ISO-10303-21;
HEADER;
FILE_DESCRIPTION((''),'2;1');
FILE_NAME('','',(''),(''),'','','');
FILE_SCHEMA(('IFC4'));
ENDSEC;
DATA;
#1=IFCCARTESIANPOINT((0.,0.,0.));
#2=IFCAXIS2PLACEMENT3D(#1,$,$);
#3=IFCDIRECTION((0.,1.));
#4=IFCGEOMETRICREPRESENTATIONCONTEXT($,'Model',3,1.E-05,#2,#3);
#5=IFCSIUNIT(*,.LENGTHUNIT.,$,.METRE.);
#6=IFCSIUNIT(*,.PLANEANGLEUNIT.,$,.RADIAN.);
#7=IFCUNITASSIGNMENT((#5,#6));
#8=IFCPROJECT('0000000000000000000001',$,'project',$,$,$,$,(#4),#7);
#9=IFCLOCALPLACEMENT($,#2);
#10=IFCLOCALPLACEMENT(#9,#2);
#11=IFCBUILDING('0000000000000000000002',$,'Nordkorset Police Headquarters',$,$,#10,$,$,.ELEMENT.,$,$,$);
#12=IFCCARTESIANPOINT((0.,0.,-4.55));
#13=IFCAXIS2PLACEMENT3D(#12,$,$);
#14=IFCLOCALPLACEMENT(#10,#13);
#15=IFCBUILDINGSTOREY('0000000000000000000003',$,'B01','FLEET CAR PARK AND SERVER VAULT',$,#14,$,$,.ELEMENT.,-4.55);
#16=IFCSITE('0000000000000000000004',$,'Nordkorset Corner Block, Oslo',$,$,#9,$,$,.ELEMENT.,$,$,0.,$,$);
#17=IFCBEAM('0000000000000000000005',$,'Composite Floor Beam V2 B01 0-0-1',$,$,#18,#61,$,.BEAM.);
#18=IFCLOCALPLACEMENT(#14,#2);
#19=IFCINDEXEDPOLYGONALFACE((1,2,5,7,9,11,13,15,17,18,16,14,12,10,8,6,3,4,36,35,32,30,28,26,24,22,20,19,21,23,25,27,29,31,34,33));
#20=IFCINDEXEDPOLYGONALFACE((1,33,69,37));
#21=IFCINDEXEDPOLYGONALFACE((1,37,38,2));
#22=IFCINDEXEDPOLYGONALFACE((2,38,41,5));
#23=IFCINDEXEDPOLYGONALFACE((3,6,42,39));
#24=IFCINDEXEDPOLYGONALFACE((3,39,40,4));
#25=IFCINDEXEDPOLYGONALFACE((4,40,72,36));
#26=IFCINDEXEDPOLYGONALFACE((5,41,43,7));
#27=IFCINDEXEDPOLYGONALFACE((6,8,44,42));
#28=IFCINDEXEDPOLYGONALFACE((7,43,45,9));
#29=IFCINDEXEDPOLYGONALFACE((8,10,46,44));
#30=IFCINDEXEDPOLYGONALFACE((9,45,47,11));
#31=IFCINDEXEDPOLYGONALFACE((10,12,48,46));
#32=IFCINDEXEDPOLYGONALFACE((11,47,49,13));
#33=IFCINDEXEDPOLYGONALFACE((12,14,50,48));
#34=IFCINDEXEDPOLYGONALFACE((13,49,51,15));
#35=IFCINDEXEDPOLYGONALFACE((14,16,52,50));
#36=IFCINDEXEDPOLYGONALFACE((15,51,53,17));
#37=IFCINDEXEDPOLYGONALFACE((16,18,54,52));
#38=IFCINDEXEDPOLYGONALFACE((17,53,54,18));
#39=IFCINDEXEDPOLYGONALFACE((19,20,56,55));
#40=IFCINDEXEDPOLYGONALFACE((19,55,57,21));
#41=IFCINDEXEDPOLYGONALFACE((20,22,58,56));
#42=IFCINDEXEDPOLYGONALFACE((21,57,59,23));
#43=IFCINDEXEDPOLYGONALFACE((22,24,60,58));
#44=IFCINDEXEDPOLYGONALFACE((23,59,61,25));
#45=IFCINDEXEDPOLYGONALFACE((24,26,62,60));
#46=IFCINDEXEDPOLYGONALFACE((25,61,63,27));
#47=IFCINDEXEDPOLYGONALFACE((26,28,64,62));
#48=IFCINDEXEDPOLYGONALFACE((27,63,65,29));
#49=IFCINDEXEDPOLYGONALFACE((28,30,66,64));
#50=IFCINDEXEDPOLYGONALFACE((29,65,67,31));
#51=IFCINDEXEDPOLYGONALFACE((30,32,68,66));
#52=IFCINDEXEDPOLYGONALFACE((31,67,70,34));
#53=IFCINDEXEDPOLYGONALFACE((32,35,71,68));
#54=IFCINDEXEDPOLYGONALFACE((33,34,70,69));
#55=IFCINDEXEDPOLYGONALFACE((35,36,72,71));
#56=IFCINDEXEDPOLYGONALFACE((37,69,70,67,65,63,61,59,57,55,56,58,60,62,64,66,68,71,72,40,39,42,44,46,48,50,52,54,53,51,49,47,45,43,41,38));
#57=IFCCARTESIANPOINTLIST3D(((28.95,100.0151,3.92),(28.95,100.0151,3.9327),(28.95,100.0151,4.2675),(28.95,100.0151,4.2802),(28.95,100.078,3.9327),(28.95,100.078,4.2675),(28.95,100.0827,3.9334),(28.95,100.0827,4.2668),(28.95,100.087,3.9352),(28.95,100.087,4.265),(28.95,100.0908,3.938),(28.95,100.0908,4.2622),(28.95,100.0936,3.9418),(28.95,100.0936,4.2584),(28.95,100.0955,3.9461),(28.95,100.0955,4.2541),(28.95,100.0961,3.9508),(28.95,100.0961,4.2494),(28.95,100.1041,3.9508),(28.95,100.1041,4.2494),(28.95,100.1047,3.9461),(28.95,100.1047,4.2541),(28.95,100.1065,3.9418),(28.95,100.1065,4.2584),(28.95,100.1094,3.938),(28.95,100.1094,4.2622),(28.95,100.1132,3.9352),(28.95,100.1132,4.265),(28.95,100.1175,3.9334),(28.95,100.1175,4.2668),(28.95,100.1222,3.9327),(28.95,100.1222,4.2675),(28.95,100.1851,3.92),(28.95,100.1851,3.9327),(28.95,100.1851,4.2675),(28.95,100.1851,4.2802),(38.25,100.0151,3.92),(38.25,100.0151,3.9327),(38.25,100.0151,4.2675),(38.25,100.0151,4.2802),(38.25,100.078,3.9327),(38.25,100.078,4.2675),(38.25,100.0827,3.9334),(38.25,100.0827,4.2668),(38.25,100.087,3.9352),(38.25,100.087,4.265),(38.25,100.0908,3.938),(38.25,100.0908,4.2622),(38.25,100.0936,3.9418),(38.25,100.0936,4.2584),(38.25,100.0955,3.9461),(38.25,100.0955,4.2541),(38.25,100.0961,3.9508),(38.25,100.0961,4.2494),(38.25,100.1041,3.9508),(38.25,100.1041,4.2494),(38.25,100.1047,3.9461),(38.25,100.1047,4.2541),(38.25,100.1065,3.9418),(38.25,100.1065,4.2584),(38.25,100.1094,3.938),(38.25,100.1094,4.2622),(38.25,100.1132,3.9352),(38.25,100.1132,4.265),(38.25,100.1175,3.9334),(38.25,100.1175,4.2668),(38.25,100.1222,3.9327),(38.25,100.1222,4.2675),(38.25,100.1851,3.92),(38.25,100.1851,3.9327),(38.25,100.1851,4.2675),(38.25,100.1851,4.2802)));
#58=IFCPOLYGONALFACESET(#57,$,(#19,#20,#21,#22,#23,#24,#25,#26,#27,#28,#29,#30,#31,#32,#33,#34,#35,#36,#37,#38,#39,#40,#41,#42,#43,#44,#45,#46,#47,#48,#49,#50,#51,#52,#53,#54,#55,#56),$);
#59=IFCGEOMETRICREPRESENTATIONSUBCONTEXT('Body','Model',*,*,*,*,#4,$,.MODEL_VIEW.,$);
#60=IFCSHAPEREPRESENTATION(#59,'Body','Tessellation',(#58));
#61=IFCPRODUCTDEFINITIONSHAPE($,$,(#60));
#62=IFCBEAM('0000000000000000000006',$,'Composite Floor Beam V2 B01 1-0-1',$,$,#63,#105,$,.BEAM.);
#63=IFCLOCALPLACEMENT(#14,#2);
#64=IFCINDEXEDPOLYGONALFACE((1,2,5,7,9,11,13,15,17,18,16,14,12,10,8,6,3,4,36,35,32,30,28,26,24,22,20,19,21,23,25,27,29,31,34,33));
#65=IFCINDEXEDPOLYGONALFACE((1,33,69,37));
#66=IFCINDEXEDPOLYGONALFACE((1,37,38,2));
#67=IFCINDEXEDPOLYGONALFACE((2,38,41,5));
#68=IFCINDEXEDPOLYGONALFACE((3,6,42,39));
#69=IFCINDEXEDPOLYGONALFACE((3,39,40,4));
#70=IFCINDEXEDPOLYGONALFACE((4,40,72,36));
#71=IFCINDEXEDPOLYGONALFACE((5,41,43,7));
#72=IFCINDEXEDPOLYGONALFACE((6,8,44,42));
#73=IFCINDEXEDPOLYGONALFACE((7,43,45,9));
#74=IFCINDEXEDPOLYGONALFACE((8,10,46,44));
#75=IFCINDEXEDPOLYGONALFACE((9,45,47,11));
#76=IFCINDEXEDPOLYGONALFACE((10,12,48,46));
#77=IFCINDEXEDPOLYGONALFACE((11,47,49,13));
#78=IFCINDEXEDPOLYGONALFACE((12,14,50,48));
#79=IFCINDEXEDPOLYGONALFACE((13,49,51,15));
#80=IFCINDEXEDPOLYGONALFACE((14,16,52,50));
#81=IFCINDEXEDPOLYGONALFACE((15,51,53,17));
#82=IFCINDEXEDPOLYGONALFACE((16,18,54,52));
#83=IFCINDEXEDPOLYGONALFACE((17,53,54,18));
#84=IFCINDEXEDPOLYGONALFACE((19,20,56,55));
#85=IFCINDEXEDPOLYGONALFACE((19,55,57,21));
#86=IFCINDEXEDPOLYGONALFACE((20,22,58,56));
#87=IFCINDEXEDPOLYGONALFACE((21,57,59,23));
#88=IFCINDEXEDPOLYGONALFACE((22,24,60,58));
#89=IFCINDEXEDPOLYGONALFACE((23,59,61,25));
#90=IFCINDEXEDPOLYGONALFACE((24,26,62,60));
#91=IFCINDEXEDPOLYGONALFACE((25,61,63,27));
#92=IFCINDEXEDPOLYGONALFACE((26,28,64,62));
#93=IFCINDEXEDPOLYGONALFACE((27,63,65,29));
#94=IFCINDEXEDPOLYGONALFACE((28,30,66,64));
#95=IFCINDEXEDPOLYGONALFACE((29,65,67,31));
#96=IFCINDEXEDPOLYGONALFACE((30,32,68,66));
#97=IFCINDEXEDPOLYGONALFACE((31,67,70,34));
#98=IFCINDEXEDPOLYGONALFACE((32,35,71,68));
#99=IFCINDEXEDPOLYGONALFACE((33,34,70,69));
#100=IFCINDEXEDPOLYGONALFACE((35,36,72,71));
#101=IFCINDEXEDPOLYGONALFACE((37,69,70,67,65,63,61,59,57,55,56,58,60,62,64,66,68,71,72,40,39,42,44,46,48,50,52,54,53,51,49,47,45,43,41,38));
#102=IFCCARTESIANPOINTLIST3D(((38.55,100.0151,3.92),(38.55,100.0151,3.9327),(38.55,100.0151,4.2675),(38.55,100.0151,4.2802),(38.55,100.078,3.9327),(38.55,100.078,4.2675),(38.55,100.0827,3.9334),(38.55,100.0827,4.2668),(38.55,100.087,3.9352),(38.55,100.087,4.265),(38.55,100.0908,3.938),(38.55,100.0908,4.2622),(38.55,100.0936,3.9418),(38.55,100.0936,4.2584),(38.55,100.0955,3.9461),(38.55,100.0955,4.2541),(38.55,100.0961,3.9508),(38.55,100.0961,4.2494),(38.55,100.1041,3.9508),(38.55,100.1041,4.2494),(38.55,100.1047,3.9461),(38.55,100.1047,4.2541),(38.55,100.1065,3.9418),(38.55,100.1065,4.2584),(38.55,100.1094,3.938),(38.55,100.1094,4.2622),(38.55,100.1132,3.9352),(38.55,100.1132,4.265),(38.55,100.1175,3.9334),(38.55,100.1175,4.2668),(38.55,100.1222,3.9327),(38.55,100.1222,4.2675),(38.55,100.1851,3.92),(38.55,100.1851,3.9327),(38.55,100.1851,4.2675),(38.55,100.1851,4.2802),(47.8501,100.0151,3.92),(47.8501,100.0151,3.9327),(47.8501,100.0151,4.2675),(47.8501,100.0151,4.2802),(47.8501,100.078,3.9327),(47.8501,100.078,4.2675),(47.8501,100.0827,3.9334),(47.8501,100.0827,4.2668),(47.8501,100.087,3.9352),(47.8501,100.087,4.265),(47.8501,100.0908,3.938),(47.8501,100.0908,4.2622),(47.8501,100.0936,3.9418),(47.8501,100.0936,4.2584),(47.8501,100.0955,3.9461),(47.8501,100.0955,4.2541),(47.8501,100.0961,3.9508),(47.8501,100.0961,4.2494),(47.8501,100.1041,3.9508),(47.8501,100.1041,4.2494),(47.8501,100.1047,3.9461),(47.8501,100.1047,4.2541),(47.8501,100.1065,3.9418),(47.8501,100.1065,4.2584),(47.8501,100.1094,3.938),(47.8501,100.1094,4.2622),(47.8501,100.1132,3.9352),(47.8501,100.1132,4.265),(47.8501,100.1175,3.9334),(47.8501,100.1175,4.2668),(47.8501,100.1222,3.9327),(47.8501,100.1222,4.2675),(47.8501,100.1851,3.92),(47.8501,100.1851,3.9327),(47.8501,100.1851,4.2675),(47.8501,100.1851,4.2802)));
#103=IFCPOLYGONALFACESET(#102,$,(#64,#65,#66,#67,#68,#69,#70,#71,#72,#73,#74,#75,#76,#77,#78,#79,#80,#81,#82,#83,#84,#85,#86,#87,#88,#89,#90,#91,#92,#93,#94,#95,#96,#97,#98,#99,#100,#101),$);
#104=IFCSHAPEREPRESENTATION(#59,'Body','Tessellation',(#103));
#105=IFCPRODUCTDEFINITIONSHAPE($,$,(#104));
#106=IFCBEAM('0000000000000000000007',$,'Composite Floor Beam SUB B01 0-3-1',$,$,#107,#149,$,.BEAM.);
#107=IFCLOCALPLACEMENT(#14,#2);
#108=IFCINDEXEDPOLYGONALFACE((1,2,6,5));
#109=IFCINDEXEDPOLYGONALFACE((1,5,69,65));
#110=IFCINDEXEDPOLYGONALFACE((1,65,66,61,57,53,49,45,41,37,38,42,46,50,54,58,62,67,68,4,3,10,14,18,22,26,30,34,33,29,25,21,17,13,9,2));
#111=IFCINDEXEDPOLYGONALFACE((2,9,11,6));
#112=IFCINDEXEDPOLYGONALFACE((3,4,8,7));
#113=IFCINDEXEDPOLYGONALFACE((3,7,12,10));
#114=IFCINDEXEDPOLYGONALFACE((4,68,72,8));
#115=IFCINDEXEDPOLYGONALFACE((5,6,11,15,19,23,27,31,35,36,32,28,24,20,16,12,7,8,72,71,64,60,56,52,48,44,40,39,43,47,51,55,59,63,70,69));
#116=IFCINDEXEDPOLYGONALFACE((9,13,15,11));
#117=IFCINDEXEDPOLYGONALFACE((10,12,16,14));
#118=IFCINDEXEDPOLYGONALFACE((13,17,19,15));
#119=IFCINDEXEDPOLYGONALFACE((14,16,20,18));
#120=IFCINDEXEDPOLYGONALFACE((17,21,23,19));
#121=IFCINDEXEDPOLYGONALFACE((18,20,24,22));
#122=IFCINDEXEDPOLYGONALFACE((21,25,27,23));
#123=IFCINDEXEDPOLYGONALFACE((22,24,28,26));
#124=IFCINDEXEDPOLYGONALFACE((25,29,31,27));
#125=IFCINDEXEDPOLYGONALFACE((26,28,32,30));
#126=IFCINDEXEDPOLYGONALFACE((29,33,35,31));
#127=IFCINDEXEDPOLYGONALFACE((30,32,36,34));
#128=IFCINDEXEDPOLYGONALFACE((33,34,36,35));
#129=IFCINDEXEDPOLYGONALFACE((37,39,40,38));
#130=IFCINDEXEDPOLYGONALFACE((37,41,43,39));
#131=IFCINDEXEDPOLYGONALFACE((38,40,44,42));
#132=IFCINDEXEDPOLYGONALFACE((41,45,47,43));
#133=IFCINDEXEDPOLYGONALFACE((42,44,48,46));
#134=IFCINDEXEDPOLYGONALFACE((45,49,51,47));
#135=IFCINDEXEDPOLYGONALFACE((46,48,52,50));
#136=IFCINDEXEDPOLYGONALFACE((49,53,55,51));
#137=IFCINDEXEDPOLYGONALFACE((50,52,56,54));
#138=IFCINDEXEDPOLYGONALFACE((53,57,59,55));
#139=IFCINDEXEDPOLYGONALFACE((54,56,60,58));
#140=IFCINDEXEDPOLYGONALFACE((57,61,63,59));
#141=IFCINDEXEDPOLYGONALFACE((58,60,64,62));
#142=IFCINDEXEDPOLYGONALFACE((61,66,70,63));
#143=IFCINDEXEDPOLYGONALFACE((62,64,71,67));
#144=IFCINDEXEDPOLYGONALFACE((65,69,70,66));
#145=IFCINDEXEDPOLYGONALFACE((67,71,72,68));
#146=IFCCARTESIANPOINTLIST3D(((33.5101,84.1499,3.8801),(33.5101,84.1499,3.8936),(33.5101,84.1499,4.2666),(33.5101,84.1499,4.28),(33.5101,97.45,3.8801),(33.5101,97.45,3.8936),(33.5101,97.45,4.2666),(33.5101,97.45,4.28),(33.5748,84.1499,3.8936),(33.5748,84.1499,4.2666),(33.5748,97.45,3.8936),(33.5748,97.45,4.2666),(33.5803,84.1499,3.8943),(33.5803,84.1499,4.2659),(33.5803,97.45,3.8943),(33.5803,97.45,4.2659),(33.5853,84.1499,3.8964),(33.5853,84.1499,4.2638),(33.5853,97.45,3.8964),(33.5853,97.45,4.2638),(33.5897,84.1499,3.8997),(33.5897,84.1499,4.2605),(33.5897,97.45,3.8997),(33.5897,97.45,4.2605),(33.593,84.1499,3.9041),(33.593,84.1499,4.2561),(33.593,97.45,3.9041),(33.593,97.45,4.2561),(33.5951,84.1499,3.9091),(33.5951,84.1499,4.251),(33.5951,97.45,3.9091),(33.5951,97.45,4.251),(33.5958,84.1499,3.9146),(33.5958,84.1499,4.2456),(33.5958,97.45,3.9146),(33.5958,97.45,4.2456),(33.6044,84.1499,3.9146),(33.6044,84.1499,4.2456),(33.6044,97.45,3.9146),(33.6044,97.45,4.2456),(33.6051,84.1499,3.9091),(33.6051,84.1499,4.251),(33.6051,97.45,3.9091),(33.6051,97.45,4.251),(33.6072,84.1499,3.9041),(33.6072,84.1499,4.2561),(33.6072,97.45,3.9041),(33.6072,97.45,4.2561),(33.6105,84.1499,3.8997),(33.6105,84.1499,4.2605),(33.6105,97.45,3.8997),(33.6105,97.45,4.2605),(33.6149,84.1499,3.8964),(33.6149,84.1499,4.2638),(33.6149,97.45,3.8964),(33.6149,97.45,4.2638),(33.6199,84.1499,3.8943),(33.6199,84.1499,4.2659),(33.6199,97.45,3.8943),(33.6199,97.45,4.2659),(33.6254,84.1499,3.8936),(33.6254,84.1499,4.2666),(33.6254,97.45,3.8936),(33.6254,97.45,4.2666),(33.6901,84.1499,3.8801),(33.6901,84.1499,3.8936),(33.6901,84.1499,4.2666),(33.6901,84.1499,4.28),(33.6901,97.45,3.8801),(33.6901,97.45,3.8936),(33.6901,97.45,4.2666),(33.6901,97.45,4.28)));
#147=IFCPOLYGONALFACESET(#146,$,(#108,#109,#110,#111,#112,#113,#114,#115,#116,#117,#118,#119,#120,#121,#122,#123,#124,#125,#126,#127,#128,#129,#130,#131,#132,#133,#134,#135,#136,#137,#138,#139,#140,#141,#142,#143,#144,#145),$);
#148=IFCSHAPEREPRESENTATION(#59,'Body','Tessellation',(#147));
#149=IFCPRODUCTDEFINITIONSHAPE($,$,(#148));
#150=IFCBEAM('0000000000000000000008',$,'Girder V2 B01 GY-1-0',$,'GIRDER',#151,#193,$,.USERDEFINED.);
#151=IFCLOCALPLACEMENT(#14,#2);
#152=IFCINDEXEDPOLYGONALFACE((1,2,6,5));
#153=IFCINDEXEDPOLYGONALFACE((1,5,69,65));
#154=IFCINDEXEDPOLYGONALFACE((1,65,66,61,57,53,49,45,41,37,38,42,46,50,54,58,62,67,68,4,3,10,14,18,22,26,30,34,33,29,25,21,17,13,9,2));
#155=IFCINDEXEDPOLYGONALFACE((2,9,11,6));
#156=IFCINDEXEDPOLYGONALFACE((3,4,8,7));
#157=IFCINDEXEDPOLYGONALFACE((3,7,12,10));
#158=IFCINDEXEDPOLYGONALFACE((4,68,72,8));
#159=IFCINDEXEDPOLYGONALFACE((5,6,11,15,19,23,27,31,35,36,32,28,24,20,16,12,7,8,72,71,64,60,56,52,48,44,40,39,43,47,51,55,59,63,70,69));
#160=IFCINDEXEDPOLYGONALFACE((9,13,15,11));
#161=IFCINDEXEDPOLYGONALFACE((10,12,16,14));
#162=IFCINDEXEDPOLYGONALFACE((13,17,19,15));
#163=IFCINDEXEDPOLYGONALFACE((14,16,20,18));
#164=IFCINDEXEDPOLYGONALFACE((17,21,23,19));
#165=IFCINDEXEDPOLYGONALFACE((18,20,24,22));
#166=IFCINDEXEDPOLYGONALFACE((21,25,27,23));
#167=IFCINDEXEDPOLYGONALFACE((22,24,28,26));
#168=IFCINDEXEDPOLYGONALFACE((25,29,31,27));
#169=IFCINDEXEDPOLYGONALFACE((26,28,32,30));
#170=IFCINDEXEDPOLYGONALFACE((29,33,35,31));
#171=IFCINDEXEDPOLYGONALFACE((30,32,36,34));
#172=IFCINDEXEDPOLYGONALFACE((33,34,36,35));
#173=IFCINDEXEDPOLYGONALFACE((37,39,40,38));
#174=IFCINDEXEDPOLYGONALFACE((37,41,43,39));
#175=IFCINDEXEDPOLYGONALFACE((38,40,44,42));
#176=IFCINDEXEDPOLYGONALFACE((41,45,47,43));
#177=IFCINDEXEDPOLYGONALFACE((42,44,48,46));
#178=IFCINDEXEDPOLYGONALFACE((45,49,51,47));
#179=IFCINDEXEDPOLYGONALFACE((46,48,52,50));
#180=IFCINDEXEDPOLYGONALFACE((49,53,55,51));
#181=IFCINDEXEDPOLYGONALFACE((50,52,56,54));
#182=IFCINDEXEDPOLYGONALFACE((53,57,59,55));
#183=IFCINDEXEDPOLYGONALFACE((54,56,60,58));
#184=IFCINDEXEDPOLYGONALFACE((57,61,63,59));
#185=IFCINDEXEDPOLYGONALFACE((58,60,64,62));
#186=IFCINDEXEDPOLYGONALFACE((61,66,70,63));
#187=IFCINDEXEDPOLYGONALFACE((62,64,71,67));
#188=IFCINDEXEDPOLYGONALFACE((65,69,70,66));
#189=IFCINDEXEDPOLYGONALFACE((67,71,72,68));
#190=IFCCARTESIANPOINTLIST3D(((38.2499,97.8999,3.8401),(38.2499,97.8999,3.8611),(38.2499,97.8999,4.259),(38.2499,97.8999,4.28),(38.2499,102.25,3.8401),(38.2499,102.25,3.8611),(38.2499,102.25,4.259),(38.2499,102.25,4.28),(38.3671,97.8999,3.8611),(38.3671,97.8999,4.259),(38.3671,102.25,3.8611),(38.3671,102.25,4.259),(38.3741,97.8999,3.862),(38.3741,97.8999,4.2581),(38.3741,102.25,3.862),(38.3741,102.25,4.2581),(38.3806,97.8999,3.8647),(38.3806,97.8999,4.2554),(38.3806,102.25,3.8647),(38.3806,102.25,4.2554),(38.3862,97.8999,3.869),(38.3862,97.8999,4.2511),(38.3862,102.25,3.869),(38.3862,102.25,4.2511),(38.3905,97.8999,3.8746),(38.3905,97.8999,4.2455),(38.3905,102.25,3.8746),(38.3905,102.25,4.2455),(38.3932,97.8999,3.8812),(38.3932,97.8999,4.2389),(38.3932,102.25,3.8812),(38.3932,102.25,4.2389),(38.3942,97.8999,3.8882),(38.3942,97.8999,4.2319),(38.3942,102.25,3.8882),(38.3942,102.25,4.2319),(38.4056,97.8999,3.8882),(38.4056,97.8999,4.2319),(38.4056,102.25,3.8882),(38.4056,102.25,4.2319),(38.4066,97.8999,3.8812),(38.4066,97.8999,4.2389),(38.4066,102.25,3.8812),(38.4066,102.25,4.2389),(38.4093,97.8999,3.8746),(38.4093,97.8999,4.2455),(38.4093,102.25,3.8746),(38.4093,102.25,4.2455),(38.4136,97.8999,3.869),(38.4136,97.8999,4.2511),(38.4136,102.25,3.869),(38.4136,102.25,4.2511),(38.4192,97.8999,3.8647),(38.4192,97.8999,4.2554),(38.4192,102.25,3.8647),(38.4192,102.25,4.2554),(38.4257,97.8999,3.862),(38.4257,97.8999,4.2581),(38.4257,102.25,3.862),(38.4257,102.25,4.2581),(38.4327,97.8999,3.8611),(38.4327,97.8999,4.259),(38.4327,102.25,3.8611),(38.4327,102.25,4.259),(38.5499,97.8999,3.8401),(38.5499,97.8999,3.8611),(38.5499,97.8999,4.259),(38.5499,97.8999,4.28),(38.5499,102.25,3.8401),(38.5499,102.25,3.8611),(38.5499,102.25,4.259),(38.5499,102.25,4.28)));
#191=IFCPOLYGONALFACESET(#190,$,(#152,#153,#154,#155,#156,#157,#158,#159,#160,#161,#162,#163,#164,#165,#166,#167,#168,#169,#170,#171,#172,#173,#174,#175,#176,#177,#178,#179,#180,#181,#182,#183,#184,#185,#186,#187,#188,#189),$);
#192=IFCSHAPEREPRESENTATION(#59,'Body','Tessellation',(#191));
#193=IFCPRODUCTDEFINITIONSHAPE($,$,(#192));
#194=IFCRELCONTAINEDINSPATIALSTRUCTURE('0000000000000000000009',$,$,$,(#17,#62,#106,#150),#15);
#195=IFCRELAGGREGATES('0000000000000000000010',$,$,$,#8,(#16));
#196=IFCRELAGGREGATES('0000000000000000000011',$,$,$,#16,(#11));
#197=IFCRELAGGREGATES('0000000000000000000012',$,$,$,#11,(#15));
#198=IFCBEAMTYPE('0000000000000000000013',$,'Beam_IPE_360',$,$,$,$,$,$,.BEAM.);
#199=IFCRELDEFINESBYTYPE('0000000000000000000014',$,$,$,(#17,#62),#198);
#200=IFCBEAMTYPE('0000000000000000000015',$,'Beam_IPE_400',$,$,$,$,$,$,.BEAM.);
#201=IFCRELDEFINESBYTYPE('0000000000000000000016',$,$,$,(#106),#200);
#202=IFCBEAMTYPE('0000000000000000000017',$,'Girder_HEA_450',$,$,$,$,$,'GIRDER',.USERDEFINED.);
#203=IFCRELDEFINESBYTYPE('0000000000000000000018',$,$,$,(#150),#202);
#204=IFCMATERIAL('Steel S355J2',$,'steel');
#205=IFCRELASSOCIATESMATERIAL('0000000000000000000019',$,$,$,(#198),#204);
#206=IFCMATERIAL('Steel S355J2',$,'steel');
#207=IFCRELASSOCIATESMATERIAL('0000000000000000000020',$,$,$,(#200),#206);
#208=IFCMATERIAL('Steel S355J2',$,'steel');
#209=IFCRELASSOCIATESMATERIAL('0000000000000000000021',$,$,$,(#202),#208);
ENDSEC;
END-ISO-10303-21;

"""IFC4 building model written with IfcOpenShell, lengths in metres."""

from ifc_helpers import new_model, si_unit, direction, frame, origin, origin_2d, place, context, subcontext, project, spatial, i_section, extrude, material, material_profile, profile_set, type_object, element, save


model = new_model("IFC4")

# Units and contexts
model_context = context("Model", 3, precision=1e-05, world=origin(), true_north=direction((0.0, 1.0)))
body_context = subcontext(model_context, "Body", "Model", "MODEL_VIEW")
ifc_project = project(units=[si_unit("LENGTHUNIT", "METRE"), si_unit("PLANEANGLEUNIT", "RADIAN")], contexts=[model_context])

# Site, building, storey
site_placement = place(None, origin())
site = spatial("IfcSite", under=ifc_project, at=site_placement, Name="Nordkorset Corner Block, Oslo", CompositionType="ELEMENT", RefElevation=0.0)
building_placement = place(site_placement, origin())
building = spatial("IfcBuilding", under=site, at=building_placement, Name="Nordkorset Police Headquarters", CompositionType="ELEMENT")
storey_placement = place(building_placement, frame((0.0, 0.0, -4.55)))
storey = spatial("IfcBuildingStorey", under=building, at=storey_placement, Name="B01", Description="FLEET CAR PARK AND SERVER VAULT", CompositionType="ELEMENT", Elevation=-4.55)

# Beams
ifc_material_1 = material(Name="Steel S355J2", Category="steel")
ifc_material_profile_1 = material_profile(ifc_material_1, i_section(OverallWidth=0.1699, OverallDepth=0.3601, WebThickness=0.0081, FlangeThickness=0.0127, FilletRadius=0.0181, at=origin_2d()), Name="IPE 360")
ifc_profile_set_1 = profile_set([ifc_material_profile_1], Name="Steel S355J2")
beam_type_1 = type_object("IfcBeamType", Name="Beam_IPE_360", PredefinedType="BEAM", material=ifc_profile_set_1)
for number, where, z_axis, x_axis, name in (
    (1, (28.95, 100.1001, 4.1001), (1.0, 0.0, 0.0), (0.0, 1.0, 0.0), "Composite Floor Beam V2 B01 0-0-1"),
    (2, (38.55, 100.1001, 4.1001), (1.0, 0.0, 0.0), (0.0, 1.0, 0.0), "Composite Floor Beam V2 B01 1-0-1"),
):
    element("IfcBeam", number, at=place(storey_placement, frame(where, z_axis=z_axis, x_axis=x_axis)), inside=storey, type_object=beam_type_1, Name=name, PredefinedType="BEAM", context=body_context, shape_type="SweptSolid", body=[
        extrude(i_section(OverallWidth=0.1699, OverallDepth=0.3601, WebThickness=0.0081, FlangeThickness=0.0127, FilletRadius=0.0181, at=origin_2d()), origin(), (0.0, 0.0, 1.0), 9.3),
    ])
ifc_material_2 = material(Name="Steel S355J2", Category="steel")
ifc_material_profile_2 = material_profile(ifc_material_2, i_section(OverallWidth=0.1799, OverallDepth=0.3999, WebThickness=0.0085, FlangeThickness=0.0134, FilletRadius=0.021, at=origin_2d()), Name="IPE 400")
ifc_profile_set_2 = profile_set([ifc_material_profile_2], Name="Steel S355J2")
beam_type_2 = type_object("IfcBeamType", Name="Beam_IPE_400", PredefinedType="BEAM", material=ifc_profile_set_2)
beam_1_placement = place(storey_placement, frame((33.6001, 84.1499, 4.0801), z_axis=(0.0, 1.0, 0.0), x_axis=(-1.0, 0.0, 0.0)))
element("IfcBeam", 3, at=beam_1_placement, inside=storey, type_object=beam_type_2, Name="Composite Floor Beam SUB B01 0-3-1", PredefinedType="BEAM", context=body_context, shape_type="SweptSolid", body=[
    extrude(i_section(OverallWidth=0.1799, OverallDepth=0.3999, WebThickness=0.0085, FlangeThickness=0.0134, FilletRadius=0.021, at=origin_2d()), origin(), (0.0, 0.0, 1.0), 13.3),
])
ifc_material_3 = material(Name="Steel S355J2", Category="steel")
ifc_material_profile_3 = material_profile(ifc_material_3, i_section(OverallWidth=0.3, OverallDepth=0.4399, WebThickness=0.0115, FlangeThickness=0.021, FilletRadius=0.0271, at=origin_2d()), Name="HEA 450")
ifc_profile_set_3 = profile_set([ifc_material_profile_3], Name="Steel S355J2")
beam_type_3 = type_object("IfcBeamType", Name="Girder_HEA_450", ElementType="GIRDER", PredefinedType="USERDEFINED", material=ifc_profile_set_3)
beam_2_placement = place(storey_placement, frame((38.3999, 97.8999, 4.0601), z_axis=(0.0, 1.0, 0.0), x_axis=(-1.0, 0.0, 0.0)))
element("IfcBeam", 4, at=beam_2_placement, inside=storey, type_object=beam_type_3, Name="Girder V2 B01 GY-1-0", ObjectType="GIRDER", PredefinedType="USERDEFINED", context=body_context, shape_type="SweptSolid", body=[
    extrude(i_section(OverallWidth=0.3, OverallDepth=0.4399, WebThickness=0.0115, FlangeThickness=0.021, FilletRadius=0.0271, at=origin_2d()), origin(), (0.0, 0.0, 1.0), 4.3501),
])

save(model, "model.ifc")
